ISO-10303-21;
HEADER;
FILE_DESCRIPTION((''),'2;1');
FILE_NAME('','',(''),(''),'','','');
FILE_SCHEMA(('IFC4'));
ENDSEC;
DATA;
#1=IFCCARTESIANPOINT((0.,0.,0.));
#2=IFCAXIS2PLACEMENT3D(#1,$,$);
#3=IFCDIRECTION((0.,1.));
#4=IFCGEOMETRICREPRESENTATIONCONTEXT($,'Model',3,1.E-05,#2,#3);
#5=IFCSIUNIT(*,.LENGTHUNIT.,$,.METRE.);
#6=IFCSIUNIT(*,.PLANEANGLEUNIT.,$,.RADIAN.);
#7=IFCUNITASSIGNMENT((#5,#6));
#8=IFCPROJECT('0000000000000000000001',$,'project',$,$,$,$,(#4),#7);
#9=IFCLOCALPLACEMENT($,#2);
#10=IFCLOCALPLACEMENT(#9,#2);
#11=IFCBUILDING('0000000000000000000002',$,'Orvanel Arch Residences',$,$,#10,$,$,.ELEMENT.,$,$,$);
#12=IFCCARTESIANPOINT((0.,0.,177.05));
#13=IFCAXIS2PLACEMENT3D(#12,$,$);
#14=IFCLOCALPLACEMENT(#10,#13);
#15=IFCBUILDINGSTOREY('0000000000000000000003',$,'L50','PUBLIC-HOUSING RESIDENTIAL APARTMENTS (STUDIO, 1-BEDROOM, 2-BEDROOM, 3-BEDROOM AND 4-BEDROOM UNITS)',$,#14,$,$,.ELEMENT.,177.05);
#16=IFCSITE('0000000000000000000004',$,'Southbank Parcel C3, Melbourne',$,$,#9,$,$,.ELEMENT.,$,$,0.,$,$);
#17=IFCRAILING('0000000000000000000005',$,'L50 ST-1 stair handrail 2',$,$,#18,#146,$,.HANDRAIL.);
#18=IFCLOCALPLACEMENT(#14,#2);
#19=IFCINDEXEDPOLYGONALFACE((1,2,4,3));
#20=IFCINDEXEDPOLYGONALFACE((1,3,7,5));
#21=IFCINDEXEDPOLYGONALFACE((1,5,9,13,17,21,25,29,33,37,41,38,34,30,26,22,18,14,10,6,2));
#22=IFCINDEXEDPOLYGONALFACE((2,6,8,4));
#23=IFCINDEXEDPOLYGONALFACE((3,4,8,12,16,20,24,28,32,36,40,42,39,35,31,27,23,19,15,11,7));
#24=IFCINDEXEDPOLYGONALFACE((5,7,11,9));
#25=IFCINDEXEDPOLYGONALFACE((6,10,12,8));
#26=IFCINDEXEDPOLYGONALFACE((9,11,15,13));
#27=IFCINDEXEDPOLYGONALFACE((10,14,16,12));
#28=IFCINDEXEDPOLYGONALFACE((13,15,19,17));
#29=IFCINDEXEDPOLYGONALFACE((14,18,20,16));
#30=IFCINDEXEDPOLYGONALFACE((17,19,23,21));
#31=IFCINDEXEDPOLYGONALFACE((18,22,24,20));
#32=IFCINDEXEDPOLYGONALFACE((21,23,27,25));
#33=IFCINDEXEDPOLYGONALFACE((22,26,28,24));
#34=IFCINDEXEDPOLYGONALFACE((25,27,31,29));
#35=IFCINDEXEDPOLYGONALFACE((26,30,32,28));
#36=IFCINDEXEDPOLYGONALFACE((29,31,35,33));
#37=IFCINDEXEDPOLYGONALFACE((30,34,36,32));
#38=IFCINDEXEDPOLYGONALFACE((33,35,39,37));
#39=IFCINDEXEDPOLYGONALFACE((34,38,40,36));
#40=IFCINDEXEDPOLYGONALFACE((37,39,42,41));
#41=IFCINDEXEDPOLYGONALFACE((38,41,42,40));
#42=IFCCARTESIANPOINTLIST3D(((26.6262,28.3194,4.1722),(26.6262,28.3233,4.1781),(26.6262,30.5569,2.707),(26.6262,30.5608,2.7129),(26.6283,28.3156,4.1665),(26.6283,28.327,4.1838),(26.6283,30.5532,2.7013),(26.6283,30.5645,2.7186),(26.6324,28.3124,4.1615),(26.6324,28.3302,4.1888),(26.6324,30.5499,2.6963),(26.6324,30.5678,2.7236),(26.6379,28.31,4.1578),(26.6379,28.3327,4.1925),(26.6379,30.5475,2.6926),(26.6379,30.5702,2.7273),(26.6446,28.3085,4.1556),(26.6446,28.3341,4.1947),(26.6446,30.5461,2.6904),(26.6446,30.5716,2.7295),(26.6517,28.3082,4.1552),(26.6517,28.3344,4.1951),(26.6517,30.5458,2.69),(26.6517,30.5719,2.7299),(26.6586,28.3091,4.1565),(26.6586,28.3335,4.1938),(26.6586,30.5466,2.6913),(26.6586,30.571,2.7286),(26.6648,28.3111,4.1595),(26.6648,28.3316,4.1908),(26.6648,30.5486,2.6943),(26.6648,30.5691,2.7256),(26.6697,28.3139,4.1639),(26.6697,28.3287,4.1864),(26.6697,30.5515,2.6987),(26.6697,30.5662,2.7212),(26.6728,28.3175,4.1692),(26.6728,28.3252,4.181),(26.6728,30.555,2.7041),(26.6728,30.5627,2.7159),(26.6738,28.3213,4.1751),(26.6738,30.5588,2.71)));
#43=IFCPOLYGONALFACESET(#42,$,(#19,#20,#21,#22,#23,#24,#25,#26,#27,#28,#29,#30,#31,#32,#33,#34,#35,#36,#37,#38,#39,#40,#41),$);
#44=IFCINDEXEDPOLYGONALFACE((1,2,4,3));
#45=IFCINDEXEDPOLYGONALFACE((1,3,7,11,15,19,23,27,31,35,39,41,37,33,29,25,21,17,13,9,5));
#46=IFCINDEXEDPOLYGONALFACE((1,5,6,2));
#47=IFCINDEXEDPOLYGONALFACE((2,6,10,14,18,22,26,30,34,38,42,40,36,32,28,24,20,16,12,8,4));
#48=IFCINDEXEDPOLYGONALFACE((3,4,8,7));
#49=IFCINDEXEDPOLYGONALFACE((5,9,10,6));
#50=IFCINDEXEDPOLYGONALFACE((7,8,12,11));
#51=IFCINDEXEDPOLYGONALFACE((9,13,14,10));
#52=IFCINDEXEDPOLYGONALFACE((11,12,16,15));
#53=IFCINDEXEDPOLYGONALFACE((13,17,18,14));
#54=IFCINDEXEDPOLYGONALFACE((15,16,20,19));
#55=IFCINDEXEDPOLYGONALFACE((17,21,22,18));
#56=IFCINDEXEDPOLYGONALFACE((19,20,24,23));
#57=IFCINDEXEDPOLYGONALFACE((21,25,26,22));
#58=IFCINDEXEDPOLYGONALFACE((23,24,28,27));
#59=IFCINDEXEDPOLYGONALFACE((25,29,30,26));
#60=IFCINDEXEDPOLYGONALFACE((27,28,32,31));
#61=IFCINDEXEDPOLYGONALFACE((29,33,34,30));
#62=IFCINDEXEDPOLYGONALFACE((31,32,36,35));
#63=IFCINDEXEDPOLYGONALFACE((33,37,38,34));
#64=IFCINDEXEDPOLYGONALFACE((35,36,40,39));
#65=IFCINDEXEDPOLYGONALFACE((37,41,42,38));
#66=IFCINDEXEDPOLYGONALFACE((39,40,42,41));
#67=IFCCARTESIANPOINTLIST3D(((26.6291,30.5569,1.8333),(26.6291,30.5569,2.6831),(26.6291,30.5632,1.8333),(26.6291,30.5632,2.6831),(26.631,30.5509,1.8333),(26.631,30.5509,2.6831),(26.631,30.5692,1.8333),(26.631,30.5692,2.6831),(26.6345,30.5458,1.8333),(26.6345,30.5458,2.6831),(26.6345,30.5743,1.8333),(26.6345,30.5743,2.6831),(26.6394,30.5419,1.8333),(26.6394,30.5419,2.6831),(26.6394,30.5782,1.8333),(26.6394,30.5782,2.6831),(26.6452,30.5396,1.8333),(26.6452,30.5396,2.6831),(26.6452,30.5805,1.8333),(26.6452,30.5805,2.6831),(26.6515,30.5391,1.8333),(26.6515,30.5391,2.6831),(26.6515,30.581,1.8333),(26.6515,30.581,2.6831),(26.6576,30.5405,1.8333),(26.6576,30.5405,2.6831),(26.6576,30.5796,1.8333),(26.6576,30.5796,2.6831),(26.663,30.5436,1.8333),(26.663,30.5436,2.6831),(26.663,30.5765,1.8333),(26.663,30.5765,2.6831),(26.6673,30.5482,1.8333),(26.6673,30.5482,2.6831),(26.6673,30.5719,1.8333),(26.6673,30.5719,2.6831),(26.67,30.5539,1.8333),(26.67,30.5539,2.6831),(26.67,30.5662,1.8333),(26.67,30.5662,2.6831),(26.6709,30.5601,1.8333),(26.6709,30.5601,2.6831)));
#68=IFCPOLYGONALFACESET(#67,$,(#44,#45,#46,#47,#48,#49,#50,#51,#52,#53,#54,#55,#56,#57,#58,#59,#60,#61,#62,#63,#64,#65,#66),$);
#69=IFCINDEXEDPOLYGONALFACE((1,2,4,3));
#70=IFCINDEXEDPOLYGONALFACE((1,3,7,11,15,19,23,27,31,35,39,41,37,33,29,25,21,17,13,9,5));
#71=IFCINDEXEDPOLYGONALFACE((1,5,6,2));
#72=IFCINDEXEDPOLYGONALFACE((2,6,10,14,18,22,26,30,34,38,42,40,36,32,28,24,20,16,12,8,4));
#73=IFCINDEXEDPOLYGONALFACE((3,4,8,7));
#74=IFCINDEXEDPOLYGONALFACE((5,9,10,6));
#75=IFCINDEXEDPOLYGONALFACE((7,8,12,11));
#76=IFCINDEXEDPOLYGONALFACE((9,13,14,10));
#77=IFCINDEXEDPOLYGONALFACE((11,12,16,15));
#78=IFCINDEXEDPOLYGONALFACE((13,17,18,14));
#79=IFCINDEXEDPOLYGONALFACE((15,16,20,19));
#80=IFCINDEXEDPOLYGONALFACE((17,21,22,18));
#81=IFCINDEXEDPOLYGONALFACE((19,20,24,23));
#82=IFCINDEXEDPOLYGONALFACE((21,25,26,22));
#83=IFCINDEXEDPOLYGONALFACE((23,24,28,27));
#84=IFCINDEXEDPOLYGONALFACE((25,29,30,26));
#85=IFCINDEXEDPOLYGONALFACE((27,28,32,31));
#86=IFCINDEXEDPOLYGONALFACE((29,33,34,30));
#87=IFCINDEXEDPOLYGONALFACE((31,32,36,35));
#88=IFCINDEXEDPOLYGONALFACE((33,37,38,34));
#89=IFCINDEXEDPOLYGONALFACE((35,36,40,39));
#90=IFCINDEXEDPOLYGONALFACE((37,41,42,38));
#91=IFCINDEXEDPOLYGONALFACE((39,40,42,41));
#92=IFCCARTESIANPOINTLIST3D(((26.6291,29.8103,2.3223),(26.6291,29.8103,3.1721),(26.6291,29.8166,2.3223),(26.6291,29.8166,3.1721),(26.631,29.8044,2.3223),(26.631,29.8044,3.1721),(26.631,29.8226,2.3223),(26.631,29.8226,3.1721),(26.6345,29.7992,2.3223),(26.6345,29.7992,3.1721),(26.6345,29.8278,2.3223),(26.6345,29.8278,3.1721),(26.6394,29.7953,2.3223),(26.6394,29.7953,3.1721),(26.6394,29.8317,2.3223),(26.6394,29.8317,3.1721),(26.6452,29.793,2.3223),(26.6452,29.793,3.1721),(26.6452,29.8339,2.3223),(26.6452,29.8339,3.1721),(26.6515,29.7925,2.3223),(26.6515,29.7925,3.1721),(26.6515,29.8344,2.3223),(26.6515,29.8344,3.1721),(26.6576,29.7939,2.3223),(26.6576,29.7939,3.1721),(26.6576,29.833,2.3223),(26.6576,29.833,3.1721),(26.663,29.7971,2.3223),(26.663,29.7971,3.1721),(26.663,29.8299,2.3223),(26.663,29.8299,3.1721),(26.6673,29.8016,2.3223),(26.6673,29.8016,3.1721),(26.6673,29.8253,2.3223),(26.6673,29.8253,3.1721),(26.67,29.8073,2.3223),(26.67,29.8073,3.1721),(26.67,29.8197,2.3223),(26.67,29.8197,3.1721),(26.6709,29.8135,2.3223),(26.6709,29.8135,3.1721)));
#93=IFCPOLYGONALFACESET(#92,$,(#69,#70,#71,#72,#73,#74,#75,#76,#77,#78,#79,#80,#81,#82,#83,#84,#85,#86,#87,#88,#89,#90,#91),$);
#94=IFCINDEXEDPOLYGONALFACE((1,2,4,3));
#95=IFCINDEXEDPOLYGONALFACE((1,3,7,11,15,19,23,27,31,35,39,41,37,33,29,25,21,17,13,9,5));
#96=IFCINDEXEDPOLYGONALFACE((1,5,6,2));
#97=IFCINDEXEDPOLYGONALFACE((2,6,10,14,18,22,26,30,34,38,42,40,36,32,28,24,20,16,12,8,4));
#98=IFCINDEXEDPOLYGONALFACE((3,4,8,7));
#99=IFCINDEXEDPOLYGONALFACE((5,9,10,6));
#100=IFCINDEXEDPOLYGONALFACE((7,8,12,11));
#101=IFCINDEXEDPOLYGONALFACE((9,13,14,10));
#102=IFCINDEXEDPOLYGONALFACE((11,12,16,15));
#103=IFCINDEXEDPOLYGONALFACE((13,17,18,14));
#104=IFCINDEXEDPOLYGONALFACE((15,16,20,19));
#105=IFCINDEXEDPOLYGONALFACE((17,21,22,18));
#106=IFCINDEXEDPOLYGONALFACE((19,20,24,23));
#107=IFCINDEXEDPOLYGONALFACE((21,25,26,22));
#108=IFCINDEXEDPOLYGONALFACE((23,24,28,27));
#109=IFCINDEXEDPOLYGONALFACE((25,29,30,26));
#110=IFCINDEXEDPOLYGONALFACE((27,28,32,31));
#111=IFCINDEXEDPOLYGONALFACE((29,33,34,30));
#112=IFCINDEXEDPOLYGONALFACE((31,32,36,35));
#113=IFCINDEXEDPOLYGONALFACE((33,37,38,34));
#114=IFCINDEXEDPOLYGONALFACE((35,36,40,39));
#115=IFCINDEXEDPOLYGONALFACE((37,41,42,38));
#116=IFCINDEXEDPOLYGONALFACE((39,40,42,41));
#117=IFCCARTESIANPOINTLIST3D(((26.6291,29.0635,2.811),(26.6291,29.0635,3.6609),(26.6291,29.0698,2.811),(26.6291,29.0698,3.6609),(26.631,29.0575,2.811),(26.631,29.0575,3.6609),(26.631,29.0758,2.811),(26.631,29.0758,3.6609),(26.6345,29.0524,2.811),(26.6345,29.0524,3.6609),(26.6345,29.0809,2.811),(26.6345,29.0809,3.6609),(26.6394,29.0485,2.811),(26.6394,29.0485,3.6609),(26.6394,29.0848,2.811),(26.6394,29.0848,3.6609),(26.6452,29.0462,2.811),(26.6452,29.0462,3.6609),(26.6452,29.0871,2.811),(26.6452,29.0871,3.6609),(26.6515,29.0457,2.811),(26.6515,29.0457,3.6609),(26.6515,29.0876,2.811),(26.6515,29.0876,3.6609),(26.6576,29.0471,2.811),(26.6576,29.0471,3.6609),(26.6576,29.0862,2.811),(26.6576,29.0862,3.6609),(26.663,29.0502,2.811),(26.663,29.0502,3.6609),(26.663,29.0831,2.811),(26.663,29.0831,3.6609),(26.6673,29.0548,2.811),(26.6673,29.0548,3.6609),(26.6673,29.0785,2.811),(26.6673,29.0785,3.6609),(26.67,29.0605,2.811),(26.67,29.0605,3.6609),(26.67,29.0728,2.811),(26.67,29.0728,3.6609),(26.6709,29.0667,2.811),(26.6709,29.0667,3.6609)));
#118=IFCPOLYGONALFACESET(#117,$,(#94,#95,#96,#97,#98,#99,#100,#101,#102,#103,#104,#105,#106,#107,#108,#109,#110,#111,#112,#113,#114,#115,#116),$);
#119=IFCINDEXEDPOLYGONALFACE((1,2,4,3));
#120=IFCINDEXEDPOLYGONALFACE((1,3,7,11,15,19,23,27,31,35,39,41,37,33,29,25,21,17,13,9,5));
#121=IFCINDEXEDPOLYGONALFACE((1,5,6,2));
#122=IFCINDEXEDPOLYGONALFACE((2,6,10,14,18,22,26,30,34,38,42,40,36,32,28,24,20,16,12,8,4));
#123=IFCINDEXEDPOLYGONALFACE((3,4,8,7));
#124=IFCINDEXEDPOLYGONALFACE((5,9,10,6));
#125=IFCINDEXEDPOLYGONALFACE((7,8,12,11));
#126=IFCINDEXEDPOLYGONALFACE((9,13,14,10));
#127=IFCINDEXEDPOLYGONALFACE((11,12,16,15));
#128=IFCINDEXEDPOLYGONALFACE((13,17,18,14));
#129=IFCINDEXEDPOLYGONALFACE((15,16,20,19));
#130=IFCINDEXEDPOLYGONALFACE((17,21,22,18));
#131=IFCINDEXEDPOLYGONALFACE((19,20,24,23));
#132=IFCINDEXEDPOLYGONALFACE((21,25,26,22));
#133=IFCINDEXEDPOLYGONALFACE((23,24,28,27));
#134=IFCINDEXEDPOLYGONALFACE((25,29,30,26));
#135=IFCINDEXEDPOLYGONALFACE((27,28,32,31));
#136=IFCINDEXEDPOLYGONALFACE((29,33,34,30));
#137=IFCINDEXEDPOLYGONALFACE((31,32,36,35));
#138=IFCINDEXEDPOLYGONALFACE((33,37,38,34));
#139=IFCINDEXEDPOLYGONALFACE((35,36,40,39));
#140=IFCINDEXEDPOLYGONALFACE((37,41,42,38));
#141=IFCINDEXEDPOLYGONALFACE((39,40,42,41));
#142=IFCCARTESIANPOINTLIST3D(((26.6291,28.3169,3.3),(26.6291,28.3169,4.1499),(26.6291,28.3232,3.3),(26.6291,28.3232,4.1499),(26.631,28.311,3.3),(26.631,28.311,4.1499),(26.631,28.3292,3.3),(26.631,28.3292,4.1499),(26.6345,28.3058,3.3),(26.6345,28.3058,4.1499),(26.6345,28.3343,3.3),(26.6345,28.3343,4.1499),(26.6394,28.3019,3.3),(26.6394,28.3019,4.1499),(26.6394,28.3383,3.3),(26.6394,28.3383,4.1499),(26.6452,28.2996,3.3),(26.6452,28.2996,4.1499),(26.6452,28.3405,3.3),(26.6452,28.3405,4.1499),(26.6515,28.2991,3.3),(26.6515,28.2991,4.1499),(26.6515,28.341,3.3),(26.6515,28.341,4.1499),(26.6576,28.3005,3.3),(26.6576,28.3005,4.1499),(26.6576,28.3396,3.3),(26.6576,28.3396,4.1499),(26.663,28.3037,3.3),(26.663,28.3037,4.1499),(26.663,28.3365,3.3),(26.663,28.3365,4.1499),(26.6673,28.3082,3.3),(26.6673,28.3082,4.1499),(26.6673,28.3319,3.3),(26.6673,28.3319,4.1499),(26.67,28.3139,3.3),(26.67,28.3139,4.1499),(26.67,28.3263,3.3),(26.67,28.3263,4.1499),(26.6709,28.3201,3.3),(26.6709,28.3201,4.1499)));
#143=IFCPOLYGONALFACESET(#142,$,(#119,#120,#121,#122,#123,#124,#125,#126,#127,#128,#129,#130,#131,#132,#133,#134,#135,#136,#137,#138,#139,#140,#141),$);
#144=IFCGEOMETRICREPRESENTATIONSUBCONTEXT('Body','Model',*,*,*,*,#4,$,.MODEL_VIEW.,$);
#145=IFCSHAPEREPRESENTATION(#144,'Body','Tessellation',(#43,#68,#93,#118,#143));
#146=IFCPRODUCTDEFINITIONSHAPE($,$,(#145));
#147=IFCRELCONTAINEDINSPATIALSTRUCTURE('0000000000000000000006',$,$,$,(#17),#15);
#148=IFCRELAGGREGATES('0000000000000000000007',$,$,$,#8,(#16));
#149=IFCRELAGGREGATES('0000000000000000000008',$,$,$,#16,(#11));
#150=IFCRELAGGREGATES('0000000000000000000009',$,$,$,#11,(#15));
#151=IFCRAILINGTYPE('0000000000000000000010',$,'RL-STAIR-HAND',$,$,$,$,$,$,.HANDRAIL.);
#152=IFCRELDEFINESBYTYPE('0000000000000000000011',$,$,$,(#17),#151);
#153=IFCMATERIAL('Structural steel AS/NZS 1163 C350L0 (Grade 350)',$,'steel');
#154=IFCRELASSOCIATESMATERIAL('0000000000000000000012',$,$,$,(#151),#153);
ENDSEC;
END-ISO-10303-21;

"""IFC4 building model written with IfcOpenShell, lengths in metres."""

from ifc_helpers import new_model, si_unit, direction, frame, origin, origin_2d, place, context, subcontext, project, spatial, circle, extrude, material, type_object, element, save


model = new_model("IFC4")

# Units and contexts
model_context = context("Model", 3, precision=1e-05, world=origin(), true_north=direction((0.0, 1.0)))
body_context = subcontext(model_context, "Body", "Model", "MODEL_VIEW")
ifc_project = project(units=[si_unit("LENGTHUNIT", "METRE"), si_unit("PLANEANGLEUNIT", "RADIAN")], contexts=[model_context])

# Site, building, storey
site_placement = place(None, origin())
site = spatial("IfcSite", under=ifc_project, at=site_placement, Name="Southbank Parcel C3, Melbourne", CompositionType="ELEMENT", RefElevation=0.0)
building_placement = place(site_placement, origin())
building = spatial("IfcBuilding", under=site, at=building_placement, Name="Orvanel Arch Residences", CompositionType="ELEMENT")
storey_placement = place(building_placement, frame((0.0, 0.0, 177.05)))
storey = spatial("IfcBuildingStorey", under=building, at=storey_placement, Name="L50", Description="PUBLIC-HOUSING RESIDENTIAL APARTMENTS (STUDIO, 1-BEDROOM, 2-BEDROOM, 3-BEDROOM AND 4-BEDROOM UNITS)", CompositionType="ELEMENT", Elevation=177.05)

# Railing
ifc_material_1 = material(Name="Structural steel AS/NZS 1163 C350L0 (Grade 350)", Category="steel")
railing_type_1 = type_object("IfcRailingType", Name="RL-STAIR-HAND", PredefinedType="HANDRAIL", material=ifc_material_1)
railing_1_placement = place(storey_placement, frame((26.6499, 30.5601, 1.8333)))
element("IfcRailing", 1, at=railing_1_placement, inside=storey, type_object=railing_type_1, Name="L50 ST-1 stair handrail 2", PredefinedType="HANDRAIL", context=body_context, shape_type="SweptSolid", body=[
    extrude(circle(Radius=0.0239, at=origin_2d()), frame((0.0, -0.0012, 0.8767), z_axis=(0.0, -0.836595, 0.547822), x_axis=(1.0, 0.0, 0.0)), (0.0, 0.0, 1.0), 2.6746),
    extrude(circle(Radius=0.021, at=origin_2d()), origin(), (0.0, 0.0, 1.0), 0.8499),
    extrude(circle(Radius=0.021, at=origin_2d()), frame((0.0, -0.7466, 0.489)), (0.0, 0.0, 1.0), 0.8499),
    extrude(circle(Radius=0.021, at=origin_2d()), frame((0.0, -1.4934, 0.9778)), (0.0, 0.0, 1.0), 0.8499),
    extrude(circle(Radius=0.021, at=origin_2d()), frame((0.0, -2.24, 1.4668)), (0.0, 0.0, 1.0), 0.8499),
])

save(model, "model.ifc")
